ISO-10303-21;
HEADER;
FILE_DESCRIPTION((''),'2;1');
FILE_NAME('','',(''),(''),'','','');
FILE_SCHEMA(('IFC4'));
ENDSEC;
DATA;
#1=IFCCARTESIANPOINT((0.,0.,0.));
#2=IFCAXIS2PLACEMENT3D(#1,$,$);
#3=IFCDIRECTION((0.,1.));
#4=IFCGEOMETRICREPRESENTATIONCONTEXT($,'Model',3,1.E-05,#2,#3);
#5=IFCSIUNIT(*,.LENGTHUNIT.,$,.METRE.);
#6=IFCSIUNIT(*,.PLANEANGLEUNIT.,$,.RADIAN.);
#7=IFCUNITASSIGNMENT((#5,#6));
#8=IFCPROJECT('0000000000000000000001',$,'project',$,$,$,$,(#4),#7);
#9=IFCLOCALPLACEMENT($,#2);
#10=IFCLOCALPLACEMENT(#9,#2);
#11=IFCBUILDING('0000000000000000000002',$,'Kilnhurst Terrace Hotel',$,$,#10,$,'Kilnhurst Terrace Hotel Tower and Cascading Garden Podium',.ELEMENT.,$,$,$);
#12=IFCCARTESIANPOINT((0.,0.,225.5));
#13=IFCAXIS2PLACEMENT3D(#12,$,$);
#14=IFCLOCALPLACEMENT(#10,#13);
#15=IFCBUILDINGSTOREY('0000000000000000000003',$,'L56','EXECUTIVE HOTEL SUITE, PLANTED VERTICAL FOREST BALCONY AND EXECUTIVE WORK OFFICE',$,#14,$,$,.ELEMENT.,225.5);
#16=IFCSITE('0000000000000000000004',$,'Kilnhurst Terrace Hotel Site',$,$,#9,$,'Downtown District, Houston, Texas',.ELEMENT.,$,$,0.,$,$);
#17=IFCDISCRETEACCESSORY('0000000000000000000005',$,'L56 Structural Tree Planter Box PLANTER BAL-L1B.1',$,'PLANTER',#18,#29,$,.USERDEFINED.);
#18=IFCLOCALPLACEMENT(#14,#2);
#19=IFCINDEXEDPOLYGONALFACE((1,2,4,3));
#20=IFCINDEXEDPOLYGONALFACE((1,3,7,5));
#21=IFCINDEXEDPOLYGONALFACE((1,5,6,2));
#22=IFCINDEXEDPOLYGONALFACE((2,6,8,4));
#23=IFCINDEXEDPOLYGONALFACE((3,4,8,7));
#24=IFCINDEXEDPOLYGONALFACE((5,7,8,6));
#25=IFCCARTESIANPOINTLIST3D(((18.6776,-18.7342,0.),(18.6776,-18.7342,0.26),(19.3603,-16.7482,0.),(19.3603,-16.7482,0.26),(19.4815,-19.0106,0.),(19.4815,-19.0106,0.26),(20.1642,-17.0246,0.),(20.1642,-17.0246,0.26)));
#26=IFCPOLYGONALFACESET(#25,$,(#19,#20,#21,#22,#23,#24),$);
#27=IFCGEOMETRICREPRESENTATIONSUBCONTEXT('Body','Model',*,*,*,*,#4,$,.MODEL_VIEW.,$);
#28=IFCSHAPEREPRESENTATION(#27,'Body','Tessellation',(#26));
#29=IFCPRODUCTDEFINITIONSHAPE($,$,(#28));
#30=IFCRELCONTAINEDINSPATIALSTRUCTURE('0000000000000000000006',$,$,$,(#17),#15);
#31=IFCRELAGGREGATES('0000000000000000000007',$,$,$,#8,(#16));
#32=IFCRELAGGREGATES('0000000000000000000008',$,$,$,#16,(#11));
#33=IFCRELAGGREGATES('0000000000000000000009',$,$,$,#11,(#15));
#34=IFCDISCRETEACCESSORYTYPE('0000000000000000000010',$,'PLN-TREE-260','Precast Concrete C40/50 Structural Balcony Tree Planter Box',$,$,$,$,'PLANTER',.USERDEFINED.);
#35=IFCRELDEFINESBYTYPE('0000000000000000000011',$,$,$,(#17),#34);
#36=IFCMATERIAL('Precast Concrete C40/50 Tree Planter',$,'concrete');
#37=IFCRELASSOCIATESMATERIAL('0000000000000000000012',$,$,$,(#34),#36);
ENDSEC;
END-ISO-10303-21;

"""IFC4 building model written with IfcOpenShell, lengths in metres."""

from ifc_helpers import new_model, si_unit, direction, frame, origin, origin_2d, place, context, subcontext, project, spatial, rectangle, extrude, material, type_object, element, save


model = new_model("IFC4")

# Units and contexts
model_context = context("Model", 3, precision=1e-05, world=origin(), true_north=direction((0.0, 1.0)))
body_context = subcontext(model_context, "Body", "Model", "MODEL_VIEW")
ifc_project = project(units=[si_unit("LENGTHUNIT", "METRE"), si_unit("PLANEANGLEUNIT", "RADIAN")], contexts=[model_context])

# Site, building, storey
site_placement = place(None, origin())
site = spatial("IfcSite", under=ifc_project, at=site_placement, Name="Kilnhurst Terrace Hotel Site", LongName="Downtown District, Houston, Texas", CompositionType="ELEMENT", RefElevation=0.0)
building_placement = place(site_placement, origin())
building = spatial("IfcBuilding", under=site, at=building_placement, Name="Kilnhurst Terrace Hotel", LongName="Kilnhurst Terrace Hotel Tower and Cascading Garden Podium", CompositionType="ELEMENT")
storey_placement = place(building_placement, frame((0.0, 0.0, 225.5)))
storey = spatial("IfcBuildingStorey", under=building, at=storey_placement, Name="L56", Description="EXECUTIVE HOTEL SUITE, PLANTED VERTICAL FOREST BALCONY AND EXECUTIVE WORK OFFICE", CompositionType="ELEMENT", Elevation=225.5)

# Discrete accessory
ifc_material_1 = material(Name="Precast Concrete C40/50 Tree Planter", Category="concrete")
discrete_accessory_type_1 = type_object("IfcDiscreteAccessoryType", Name="PLN-TREE-260", Description="Precast Concrete C40/50 Structural Balcony Tree Planter Box", ElementType="PLANTER", PredefinedType="USERDEFINED", material=ifc_material_1)
discrete_accessory_1_placement = place(storey_placement, frame((19.4209, -17.8794, 0.0), z_axis=(0.0, 0.0, 1.0), x_axis=(0.32509, 0.945683, 0.0)))
element("IfcDiscreteAccessory", 1, at=discrete_accessory_1_placement, inside=storey, type_object=discrete_accessory_type_1, Name="L56 Structural Tree Planter Box PLANTER BAL-L1B.1", ObjectType="PLANTER", PredefinedType="USERDEFINED", context=body_context, shape_type="SweptSolid", body=[
    extrude(rectangle(XDim=2.1001, YDim=0.8501, at=origin_2d()), origin(), (0.0, 0.0, 1.0), 0.26),
])

save(model, "model.ifc")
